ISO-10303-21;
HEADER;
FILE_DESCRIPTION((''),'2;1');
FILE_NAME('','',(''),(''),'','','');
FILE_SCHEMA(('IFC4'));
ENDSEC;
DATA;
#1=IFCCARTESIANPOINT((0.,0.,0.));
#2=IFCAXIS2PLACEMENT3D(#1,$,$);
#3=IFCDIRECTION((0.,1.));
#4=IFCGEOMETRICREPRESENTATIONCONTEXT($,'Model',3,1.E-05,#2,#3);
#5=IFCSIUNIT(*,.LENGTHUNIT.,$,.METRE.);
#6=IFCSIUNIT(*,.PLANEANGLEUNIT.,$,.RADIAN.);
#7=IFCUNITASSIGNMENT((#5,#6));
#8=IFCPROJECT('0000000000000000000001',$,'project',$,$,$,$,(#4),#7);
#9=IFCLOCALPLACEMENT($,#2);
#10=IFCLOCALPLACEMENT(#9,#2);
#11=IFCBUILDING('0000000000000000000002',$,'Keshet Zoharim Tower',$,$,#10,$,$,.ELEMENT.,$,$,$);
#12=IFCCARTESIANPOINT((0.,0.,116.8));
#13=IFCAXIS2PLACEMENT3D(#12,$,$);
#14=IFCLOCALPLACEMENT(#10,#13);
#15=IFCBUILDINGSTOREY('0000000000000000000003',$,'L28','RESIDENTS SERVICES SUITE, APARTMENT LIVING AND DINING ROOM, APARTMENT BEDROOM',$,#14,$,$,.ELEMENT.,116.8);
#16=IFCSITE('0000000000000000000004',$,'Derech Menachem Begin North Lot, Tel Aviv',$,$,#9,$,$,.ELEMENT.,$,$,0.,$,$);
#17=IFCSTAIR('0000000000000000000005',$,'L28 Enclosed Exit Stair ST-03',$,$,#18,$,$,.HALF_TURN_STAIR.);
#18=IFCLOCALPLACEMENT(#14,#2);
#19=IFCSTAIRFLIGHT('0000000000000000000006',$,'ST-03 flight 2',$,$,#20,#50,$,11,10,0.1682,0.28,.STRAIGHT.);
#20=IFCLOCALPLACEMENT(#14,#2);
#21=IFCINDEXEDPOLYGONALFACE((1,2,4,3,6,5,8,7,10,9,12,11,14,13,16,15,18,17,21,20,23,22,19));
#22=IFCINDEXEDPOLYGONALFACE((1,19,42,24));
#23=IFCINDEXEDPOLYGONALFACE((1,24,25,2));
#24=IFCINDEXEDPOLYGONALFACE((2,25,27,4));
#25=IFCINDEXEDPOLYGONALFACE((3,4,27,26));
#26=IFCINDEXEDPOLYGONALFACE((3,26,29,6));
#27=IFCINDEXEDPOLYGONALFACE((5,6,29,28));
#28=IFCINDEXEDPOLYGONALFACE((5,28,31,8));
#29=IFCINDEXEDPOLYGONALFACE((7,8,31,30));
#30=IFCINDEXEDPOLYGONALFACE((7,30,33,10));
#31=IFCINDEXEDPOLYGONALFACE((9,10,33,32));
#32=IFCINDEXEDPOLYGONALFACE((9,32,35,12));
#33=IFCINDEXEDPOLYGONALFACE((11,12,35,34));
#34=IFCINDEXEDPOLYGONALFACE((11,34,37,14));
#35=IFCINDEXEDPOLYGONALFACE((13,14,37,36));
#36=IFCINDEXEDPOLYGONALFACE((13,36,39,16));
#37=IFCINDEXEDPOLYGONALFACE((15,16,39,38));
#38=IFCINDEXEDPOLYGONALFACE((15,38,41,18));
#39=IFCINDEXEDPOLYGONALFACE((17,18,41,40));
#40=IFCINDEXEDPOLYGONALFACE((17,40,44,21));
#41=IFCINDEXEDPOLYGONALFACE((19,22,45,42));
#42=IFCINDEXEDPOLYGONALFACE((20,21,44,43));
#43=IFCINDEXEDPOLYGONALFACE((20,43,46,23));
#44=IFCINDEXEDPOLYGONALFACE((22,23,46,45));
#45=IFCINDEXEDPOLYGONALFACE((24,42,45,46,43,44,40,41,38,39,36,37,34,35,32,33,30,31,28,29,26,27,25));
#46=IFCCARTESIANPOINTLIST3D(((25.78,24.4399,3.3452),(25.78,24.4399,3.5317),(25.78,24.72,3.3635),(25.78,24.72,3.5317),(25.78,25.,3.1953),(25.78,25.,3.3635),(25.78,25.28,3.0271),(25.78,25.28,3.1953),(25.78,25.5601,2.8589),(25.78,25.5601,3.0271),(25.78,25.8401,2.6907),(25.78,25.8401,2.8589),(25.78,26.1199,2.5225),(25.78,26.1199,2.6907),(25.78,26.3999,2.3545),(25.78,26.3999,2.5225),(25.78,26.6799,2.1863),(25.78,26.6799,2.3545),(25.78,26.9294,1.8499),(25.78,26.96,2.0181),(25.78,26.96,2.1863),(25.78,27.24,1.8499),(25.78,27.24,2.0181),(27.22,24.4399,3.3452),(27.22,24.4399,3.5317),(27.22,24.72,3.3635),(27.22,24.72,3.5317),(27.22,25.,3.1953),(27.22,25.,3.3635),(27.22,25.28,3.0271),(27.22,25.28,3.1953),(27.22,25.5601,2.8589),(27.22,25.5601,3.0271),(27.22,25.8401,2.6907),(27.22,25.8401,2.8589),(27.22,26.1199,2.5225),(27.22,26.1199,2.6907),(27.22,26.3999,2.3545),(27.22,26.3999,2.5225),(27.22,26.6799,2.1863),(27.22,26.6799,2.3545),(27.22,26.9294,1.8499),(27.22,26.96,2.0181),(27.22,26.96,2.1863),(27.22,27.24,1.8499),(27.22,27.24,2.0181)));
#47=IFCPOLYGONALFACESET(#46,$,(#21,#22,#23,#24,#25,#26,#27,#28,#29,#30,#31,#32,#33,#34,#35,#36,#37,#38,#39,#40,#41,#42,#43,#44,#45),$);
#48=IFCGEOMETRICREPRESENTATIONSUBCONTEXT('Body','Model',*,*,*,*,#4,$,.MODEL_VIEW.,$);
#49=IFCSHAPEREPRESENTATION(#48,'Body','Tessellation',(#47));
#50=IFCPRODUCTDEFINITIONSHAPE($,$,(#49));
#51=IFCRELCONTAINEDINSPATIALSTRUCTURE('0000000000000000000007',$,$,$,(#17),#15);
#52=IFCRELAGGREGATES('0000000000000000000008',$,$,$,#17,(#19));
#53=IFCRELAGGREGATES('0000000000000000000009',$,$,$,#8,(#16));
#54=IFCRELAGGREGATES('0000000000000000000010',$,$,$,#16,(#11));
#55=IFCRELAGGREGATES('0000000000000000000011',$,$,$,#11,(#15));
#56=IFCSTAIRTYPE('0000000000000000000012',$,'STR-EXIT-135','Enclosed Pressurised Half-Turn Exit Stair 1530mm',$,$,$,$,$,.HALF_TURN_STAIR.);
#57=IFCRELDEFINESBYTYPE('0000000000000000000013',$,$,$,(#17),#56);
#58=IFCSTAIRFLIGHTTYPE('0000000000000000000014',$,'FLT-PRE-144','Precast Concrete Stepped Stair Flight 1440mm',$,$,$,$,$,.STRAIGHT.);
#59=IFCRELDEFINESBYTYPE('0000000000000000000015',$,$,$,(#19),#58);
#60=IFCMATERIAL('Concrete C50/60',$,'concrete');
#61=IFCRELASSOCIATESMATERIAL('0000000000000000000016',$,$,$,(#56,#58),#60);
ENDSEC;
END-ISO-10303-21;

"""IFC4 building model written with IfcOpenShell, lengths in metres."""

from ifc_helpers import new_model, si_unit, direction, frame, origin, place, context, subcontext, project, spatial, polyline, outline, extrude, material, type_object, element, aggregate, save


model = new_model("IFC4")

# Units and contexts
model_context = context("Model", 3, precision=1e-05, world=origin(), true_north=direction((0.0, 1.0)))
body_context = subcontext(model_context, "Body", "Model", "MODEL_VIEW")
ifc_project = project(units=[si_unit("LENGTHUNIT", "METRE"), si_unit("PLANEANGLEUNIT", "RADIAN")], contexts=[model_context])

# Site, building, storey
site_placement = place(None, origin())
site = spatial("IfcSite", under=ifc_project, at=site_placement, Name="Derech Menachem Begin North Lot, Tel Aviv", CompositionType="ELEMENT", RefElevation=0.0)
building_placement = place(site_placement, origin())
building = spatial("IfcBuilding", under=site, at=building_placement, Name="Keshet Zoharim Tower", CompositionType="ELEMENT")
storey_placement = place(building_placement, frame((0.0, 0.0, 116.8)))
storey = spatial("IfcBuildingStorey", under=building, at=storey_placement, Name="L28", Description="RESIDENTS SERVICES SUITE, APARTMENT LIVING AND DINING ROOM, APARTMENT BEDROOM", CompositionType="ELEMENT", Elevation=116.8)

# Shared definitions
ifc_material_1 = material(Name="Concrete C50/60", Category="concrete")

# Stair, stair flight
stair_type = type_object("IfcStairType", Name="STR-EXIT-135", Description="Enclosed Pressurised Half-Turn Exit Stair 1530mm", PredefinedType="HALF_TURN_STAIR", material=ifc_material_1)
stair_placement = place(storey_placement, origin())
stair = element("IfcStair", 1, at=stair_placement, inside=storey, type_object=stair_type, Name="L28 Enclosed Exit Stair ST-03", PredefinedType="HALF_TURN_STAIR")
stair_flight_type = type_object("IfcStairFlightType", Name="FLT-PRE-144", Description="Precast Concrete Stepped Stair Flight 1440mm", PredefinedType="STRAIGHT", material=ifc_material_1)
stair_flight_placement = place(storey_placement, frame((26.5, 27.24, 1.8499), z_axis=(0.0, 0.0, 1.0), x_axis=(0.0, -1.0, 0.0)))
stair_flight = element("IfcStairFlight", 2, at=stair_flight_placement, type_object=stair_flight_type, Name="ST-03 flight 2", NumberOfRisers=11, NumberOfTreads=10, PredefinedType="STRAIGHT", RiserHeight=0.1682, TreadLength=0.28, context=body_context, shape_type="SweptSolid", body=[
    extrude(outline(polyline([(0.0, 0.0), (0.0, 0.1682), (0.28, 0.1682), (0.28, 0.3364), (0.5601, 0.3364), (0.5601, 0.5046), (0.8401, 0.5046), (0.8401, 0.6726), (1.1201, 0.6726), (1.1201, 0.8408), (1.3999, 0.8408), (1.3999, 1.009), (1.6799, 1.009), (1.6799, 1.1772), (1.96, 1.1772), (1.96, 1.3455), (2.24, 1.3455), (2.24, 1.5137), (2.52, 1.5137), (2.52, 1.6819), (2.8, 1.6819), (2.8, 1.8501), (2.8, 1.4954), (0.3105, 0.0), (0.0, 0.0)])), frame((0.0, 0.72, 0.0), z_axis=(0.0, -1.0, 0.0), x_axis=(1.0, 0.0, 0.0)), (0.0, 0.0, 1.0), 1.4399),
])
aggregate(stair, [stair_flight])

save(model, "model.ifc")
